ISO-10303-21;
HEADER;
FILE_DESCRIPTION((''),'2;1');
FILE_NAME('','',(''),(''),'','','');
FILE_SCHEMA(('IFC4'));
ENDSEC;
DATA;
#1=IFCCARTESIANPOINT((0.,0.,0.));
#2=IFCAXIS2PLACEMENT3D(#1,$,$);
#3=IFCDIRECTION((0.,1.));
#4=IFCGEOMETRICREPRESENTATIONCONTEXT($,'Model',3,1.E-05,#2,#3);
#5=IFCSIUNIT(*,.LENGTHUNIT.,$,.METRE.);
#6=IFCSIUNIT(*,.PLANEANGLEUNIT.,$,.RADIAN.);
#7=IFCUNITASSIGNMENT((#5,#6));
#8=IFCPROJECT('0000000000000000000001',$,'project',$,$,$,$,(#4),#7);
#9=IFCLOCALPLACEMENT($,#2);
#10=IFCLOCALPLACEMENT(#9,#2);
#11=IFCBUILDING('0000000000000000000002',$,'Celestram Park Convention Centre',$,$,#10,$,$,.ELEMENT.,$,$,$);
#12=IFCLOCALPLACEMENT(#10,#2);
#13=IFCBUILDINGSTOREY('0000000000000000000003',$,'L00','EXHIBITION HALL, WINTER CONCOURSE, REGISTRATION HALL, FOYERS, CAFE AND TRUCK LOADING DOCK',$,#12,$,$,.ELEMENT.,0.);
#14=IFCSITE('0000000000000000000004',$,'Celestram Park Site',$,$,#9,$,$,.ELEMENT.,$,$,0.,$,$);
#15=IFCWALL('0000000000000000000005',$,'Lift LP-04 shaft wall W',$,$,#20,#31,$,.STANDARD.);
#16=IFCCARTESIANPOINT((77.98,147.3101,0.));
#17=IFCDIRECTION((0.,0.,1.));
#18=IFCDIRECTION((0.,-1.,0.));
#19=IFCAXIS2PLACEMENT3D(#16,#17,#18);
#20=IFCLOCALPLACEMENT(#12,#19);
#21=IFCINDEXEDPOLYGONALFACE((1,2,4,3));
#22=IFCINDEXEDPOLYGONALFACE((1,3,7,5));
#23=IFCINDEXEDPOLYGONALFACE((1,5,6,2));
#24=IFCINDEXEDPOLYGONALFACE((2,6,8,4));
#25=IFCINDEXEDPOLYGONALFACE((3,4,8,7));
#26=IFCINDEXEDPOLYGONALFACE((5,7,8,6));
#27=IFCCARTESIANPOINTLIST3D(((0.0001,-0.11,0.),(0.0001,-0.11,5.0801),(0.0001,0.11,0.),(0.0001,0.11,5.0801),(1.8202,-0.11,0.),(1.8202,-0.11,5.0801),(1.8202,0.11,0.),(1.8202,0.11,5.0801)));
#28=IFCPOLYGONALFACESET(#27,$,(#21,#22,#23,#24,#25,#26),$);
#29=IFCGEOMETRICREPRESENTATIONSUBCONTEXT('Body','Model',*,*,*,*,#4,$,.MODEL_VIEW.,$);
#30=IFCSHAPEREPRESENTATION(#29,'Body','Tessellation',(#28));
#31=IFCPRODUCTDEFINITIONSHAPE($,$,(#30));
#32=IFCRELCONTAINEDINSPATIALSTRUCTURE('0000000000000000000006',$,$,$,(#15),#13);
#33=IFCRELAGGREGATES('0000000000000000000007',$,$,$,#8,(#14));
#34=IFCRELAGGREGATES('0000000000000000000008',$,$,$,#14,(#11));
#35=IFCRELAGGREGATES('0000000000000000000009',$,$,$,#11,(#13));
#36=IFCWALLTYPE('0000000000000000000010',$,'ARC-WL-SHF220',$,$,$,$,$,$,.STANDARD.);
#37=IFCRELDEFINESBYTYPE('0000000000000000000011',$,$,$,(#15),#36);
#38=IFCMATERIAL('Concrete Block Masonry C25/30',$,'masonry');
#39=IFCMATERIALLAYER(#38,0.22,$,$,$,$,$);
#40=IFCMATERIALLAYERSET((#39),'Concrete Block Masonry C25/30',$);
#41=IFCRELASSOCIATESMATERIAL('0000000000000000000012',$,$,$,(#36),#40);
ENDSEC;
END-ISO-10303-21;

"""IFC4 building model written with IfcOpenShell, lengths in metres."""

from ifc_helpers import new_model, si_unit, direction, frame, frame_2d, origin, place, context, subcontext, project, spatial, rectangle, extrude, material, layer, layer_set, type_object, element, save


model = new_model("IFC4")

# Units and contexts
model_context = context("Model", 3, precision=1e-05, world=origin(), true_north=direction((0.0, 1.0)))
body_context = subcontext(model_context, "Body", "Model", "MODEL_VIEW")
ifc_project = project(units=[si_unit("LENGTHUNIT", "METRE"), si_unit("PLANEANGLEUNIT", "RADIAN")], contexts=[model_context])

# Site, building, storey
site_placement = place(None, origin())
site = spatial("IfcSite", under=ifc_project, at=site_placement, Name="Celestram Park Site", CompositionType="ELEMENT", RefElevation=0.0)
building_placement = place(site_placement, origin())
building = spatial("IfcBuilding", under=site, at=building_placement, Name="Celestram Park Convention Centre", CompositionType="ELEMENT")
storey_placement = place(building_placement, origin())
storey = spatial("IfcBuildingStorey", under=building, at=storey_placement, Name="L00", Description="EXHIBITION HALL, WINTER CONCOURSE, REGISTRATION HALL, FOYERS, CAFE AND TRUCK LOADING DOCK", CompositionType="ELEMENT", Elevation=0.0)

# Shared definitions
ifc_material_1 = material(Name="Concrete Block Masonry C25/30", Category="masonry")

# Shared definitions
ifc_layer_1 = layer(ifc_material_1, 0.22)
ifc_layer_set_1 = layer_set([ifc_layer_1], Name="Concrete Block Masonry C25/30")
wall_type_1 = type_object("IfcWallType", Name="ARC-WL-SHF220", PredefinedType="STANDARD", material=ifc_layer_set_1)

# Wall
for number, where, z_axis, x_axis, name in (
    (1, (77.98, 147.3101, 0.0), (0.0, 0.0, 1.0), (0.0, -1.0, 0.0), "Lift LP-04 shaft wall W"),
):
    element("IfcWall", number, at=place(storey_placement, frame(where, z_axis=z_axis, x_axis=x_axis)), inside=storey, type_object=wall_type_1, Name=name, PredefinedType="STANDARD", context=body_context, shape_type="SweptSolid", body=[
        extrude(rectangle(XDim=1.8201, YDim=0.22, at=frame_2d((0.9102, 0.0))), origin(), (0.0, 0.0, 1.0), 5.0801),
    ])

save(model, "model.ifc")
